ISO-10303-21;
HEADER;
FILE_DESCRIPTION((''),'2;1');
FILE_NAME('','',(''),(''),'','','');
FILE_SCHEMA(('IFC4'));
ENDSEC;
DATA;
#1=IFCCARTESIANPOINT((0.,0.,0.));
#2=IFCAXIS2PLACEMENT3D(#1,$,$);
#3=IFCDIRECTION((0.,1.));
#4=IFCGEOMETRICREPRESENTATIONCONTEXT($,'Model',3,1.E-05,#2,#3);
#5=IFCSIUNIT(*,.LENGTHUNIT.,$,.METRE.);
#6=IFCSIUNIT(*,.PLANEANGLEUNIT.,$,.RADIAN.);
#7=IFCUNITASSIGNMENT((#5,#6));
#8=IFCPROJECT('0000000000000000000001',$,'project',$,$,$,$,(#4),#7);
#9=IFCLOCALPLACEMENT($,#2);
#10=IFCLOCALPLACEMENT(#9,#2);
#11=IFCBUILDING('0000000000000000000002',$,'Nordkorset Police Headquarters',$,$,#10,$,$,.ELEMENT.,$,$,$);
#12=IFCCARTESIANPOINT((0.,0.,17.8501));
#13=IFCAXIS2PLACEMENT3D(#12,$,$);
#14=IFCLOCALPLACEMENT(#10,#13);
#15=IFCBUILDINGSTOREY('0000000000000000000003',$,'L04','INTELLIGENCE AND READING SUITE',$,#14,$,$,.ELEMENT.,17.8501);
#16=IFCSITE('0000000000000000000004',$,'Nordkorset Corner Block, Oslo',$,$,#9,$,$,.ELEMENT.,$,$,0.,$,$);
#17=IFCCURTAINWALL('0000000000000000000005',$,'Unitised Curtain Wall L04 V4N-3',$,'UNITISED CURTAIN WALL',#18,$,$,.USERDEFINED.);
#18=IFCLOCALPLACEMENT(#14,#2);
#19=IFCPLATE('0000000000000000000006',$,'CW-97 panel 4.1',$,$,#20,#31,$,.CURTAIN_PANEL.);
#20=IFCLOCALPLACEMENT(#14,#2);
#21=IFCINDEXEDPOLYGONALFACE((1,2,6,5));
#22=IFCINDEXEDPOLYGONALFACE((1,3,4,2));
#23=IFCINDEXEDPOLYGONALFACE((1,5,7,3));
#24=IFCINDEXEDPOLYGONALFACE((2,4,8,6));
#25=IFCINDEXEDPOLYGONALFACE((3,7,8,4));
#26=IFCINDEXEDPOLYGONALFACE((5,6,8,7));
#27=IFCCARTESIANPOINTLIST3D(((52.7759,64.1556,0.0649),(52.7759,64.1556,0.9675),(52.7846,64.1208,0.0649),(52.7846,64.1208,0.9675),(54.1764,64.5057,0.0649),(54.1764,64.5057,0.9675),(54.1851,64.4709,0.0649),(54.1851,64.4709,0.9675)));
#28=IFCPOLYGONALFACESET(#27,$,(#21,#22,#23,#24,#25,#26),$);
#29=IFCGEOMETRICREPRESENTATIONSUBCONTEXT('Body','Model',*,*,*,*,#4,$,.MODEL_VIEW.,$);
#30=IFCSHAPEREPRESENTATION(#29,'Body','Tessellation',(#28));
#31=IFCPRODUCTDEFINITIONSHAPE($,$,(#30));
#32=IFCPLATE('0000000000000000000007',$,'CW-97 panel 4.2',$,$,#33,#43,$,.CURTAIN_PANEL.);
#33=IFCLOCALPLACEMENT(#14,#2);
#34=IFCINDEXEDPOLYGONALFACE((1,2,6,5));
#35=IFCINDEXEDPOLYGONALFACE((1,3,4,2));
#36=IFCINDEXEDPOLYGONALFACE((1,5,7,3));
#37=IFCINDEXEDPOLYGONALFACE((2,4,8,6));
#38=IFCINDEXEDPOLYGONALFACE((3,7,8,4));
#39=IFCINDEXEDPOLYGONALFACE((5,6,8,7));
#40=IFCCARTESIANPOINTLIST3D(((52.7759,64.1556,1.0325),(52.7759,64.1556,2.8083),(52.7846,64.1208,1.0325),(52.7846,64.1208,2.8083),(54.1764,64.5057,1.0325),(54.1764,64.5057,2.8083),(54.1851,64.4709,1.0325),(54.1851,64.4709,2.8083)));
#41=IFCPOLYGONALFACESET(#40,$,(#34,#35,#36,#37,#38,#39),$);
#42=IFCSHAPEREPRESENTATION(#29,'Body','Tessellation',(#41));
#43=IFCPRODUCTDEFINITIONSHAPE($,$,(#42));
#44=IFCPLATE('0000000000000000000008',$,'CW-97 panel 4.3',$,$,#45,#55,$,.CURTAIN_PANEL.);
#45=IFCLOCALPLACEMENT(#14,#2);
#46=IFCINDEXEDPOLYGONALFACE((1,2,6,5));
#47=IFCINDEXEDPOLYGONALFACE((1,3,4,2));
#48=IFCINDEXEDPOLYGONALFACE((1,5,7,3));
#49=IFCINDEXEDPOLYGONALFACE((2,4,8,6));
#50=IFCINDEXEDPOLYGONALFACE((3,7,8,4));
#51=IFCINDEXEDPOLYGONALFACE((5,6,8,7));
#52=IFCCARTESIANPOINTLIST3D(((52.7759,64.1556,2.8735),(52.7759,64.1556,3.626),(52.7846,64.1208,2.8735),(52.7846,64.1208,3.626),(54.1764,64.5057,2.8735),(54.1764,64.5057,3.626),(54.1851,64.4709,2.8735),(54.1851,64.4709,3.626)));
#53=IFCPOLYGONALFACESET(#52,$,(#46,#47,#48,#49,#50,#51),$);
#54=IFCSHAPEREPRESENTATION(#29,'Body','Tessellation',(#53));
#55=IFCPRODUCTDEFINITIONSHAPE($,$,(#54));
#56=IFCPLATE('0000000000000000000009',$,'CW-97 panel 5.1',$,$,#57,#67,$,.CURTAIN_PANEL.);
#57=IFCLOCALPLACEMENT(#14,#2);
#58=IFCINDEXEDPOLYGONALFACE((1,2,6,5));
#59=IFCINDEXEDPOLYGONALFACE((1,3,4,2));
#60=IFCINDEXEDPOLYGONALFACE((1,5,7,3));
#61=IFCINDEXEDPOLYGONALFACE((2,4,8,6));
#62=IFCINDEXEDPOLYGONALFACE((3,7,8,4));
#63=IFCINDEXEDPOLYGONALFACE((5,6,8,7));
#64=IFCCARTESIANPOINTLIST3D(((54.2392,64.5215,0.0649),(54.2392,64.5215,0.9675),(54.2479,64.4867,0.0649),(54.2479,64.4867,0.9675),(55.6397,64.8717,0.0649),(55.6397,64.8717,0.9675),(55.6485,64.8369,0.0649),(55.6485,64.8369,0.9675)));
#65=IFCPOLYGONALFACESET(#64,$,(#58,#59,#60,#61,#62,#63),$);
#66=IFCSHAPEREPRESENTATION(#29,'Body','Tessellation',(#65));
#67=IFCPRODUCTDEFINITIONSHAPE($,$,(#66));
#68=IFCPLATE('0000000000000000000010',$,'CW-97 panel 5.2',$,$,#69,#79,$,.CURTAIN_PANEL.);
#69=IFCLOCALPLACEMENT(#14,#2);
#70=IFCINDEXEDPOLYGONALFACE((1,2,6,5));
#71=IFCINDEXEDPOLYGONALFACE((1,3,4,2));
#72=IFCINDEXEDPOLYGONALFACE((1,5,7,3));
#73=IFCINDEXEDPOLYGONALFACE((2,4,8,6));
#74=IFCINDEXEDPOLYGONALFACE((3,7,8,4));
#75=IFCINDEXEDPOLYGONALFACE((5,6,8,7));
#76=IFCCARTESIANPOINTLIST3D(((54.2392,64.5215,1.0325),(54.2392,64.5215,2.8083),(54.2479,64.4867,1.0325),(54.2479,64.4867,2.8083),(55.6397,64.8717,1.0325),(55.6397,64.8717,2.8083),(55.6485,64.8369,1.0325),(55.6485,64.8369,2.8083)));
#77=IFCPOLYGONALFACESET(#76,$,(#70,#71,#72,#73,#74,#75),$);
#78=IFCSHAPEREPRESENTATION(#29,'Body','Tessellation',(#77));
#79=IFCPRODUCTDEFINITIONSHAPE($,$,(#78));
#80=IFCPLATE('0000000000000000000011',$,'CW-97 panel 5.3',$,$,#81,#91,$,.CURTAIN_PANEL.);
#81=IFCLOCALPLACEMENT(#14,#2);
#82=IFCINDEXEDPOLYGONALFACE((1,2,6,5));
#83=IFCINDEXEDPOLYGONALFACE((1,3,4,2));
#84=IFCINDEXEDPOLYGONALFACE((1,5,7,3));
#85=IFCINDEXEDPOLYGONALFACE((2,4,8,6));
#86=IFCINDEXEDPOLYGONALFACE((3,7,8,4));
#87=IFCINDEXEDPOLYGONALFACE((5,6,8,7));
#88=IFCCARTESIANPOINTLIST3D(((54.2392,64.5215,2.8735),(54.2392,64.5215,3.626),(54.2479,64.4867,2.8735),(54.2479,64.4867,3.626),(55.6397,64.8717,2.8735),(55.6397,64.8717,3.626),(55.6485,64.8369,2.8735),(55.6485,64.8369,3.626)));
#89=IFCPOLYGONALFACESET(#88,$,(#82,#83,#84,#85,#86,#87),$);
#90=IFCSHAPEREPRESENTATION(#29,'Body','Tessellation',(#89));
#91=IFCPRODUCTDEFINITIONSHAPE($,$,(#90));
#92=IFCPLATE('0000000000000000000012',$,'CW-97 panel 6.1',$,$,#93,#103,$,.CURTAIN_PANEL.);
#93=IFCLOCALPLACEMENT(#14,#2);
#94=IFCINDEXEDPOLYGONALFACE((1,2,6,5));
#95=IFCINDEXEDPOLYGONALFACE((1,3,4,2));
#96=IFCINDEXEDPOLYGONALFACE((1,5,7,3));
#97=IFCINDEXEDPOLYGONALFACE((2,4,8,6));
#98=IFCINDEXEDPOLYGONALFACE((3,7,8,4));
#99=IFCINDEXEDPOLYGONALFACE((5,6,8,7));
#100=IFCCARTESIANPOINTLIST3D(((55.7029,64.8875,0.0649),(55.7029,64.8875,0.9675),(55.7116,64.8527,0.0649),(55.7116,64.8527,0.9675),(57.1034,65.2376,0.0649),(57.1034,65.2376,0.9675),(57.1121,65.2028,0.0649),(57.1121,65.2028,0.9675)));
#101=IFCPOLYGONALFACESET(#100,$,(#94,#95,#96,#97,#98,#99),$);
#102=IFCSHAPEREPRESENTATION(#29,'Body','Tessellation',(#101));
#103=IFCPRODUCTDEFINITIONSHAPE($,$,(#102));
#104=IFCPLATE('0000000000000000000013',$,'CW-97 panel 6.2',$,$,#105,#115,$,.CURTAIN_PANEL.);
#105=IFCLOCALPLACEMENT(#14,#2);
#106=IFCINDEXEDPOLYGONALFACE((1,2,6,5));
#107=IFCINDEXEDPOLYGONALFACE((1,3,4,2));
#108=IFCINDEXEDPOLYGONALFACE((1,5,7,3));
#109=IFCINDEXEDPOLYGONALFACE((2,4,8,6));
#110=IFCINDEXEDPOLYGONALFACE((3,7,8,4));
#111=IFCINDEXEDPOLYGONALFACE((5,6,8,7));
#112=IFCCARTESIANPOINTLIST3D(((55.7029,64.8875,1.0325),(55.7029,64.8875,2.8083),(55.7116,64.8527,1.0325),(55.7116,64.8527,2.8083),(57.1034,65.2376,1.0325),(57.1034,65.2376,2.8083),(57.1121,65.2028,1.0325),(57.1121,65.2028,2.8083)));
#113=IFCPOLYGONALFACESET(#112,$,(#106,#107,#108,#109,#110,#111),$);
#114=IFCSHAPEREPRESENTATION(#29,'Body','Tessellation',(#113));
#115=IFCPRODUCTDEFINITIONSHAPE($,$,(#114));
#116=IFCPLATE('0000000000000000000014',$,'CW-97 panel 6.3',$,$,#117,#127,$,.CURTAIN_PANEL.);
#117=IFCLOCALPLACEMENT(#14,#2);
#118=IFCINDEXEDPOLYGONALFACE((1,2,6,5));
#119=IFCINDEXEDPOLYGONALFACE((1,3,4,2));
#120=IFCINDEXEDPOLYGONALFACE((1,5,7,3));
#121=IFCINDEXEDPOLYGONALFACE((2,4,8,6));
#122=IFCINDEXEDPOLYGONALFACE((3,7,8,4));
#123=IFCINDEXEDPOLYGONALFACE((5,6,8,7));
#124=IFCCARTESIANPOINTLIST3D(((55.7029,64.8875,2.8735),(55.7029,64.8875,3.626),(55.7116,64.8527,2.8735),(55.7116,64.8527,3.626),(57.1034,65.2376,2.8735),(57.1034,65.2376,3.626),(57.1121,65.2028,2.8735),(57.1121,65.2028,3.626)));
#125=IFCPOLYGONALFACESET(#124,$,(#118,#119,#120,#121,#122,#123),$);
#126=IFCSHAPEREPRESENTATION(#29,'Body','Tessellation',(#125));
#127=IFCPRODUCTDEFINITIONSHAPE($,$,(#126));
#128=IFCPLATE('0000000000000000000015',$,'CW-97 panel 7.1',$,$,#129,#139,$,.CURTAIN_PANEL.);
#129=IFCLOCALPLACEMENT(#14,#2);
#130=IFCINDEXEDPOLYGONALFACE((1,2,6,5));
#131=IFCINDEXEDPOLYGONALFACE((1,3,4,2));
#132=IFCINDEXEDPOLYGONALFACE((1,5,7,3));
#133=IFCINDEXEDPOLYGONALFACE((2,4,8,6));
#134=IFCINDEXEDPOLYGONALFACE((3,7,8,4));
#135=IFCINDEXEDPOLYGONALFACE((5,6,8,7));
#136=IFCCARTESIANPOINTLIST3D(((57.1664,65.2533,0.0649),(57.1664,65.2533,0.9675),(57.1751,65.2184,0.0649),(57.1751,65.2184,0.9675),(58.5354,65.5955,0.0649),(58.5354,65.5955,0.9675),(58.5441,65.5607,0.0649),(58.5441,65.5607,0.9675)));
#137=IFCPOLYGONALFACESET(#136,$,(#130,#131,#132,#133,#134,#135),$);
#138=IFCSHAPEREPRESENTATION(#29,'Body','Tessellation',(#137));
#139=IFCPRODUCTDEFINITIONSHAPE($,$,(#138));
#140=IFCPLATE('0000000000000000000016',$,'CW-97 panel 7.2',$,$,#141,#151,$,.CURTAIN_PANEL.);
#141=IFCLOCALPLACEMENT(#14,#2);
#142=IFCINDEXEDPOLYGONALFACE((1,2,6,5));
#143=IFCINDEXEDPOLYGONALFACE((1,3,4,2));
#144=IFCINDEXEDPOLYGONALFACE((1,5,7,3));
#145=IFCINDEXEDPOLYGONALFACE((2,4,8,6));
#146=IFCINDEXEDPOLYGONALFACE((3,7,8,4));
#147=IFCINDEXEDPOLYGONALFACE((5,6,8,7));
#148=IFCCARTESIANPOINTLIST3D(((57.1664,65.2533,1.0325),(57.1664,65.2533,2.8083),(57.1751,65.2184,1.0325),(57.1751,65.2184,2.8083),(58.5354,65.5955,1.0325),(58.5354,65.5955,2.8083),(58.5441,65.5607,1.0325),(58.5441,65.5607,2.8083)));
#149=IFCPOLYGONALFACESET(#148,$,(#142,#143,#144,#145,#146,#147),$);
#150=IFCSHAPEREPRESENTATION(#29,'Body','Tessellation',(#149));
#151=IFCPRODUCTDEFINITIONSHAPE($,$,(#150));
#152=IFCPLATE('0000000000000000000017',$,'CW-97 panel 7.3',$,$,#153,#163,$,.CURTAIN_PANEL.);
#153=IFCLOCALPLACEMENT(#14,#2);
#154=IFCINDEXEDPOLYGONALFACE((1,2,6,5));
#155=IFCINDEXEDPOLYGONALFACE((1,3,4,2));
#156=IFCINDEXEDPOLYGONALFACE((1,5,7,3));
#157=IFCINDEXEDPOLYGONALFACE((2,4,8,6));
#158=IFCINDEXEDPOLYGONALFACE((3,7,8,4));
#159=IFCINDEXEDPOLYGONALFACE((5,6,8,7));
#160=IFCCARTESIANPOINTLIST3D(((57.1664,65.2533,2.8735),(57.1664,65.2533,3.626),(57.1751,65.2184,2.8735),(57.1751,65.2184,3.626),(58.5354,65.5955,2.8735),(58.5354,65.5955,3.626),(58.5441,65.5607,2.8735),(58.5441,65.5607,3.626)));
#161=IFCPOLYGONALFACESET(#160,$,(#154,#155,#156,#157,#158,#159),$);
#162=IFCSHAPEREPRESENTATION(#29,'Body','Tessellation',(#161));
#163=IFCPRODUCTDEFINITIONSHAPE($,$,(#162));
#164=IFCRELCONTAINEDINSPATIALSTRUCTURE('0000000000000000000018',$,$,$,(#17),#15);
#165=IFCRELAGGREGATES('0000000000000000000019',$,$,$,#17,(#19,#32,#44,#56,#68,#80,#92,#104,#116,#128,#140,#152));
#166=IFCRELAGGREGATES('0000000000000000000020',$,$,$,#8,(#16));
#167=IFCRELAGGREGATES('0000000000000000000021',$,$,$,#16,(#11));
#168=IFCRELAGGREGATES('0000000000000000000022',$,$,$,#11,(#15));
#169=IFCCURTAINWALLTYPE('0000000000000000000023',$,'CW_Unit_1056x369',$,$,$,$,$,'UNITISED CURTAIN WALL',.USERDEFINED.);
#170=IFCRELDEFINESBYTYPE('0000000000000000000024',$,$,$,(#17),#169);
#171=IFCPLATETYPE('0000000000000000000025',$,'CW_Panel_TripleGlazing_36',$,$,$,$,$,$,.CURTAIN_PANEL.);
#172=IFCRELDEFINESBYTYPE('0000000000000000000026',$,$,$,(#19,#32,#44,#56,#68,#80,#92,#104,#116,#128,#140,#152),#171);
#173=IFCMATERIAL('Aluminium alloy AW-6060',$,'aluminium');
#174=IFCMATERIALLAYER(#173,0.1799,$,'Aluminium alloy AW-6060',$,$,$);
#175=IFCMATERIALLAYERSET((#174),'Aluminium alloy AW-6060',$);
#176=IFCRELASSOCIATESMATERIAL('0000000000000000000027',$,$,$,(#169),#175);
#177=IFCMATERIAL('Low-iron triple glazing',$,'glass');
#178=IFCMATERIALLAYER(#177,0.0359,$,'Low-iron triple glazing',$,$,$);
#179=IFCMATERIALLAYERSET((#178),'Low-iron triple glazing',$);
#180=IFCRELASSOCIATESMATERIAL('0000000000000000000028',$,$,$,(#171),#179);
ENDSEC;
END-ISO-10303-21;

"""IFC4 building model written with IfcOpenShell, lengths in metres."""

from ifc_helpers import new_model, si_unit, direction, frame, origin, origin_2d, place, context, subcontext, project, spatial, rectangle, extrude, material, layer, layer_set, type_object, element, aggregate, save


model = new_model("IFC4")

# Units and contexts
model_context = context("Model", 3, precision=1e-05, world=origin(), true_north=direction((0.0, 1.0)))
body_context = subcontext(model_context, "Body", "Model", "MODEL_VIEW")
ifc_project = project(units=[si_unit("LENGTHUNIT", "METRE"), si_unit("PLANEANGLEUNIT", "RADIAN")], contexts=[model_context])

# Site, building, storey
site_placement = place(None, origin())
site = spatial("IfcSite", under=ifc_project, at=site_placement, Name="Nordkorset Corner Block, Oslo", CompositionType="ELEMENT", RefElevation=0.0)
building_placement = place(site_placement, origin())
building = spatial("IfcBuilding", under=site, at=building_placement, Name="Nordkorset Police Headquarters", CompositionType="ELEMENT")
storey_placement = place(building_placement, frame((0.0, 0.0, 17.8501)))
storey = spatial("IfcBuildingStorey", under=building, at=storey_placement, Name="L04", Description="INTELLIGENCE AND READING SUITE", CompositionType="ELEMENT", Elevation=17.8501)

# Curtain wall, plates
ifc_material_1 = material(Name="Aluminium alloy AW-6060", Category="aluminium")
ifc_layer_1 = layer(ifc_material_1, 0.1799, Name="Aluminium alloy AW-6060")
ifc_layer_set_1 = layer_set([ifc_layer_1], Name="Aluminium alloy AW-6060")
curtain_wall_type = type_object("IfcCurtainWallType", Name="CW_Unit_1056x369", ElementType="UNITISED CURTAIN WALL", PredefinedType="USERDEFINED", material=ifc_layer_set_1)
curtain_wall_placement = place(storey_placement, origin())
curtain_wall = element("IfcCurtainWall", 1, at=curtain_wall_placement, inside=storey, type_object=curtain_wall_type, Name="Unitised Curtain Wall L04 V4N-3", ObjectType="UNITISED CURTAIN WALL", PredefinedType="USERDEFINED")
ifc_material_2 = material(Name="Low-iron triple glazing", Category="glass")
ifc_layer_2 = layer(ifc_material_2, 0.0359, Name="Low-iron triple glazing")
ifc_layer_set_2 = layer_set([ifc_layer_2], Name="Low-iron triple glazing")
plate_type = type_object("IfcPlateType", Name="CW_Panel_TripleGlazing_36", PredefinedType="CURTAIN_PANEL", material=ifc_layer_set_2)
plate_1_placement = place(storey_placement, frame((53.4805, 64.3132, 0.0649), z_axis=(0.0, 0.0, 1.0), x_axis=(0.970142, 0.242536, 0.0)))
plate_1 = element("IfcPlate", 2, at=plate_1_placement, type_object=plate_type, Name="CW-97 panel 4.1", PredefinedType="CURTAIN_PANEL", context=body_context, shape_type="SweptSolid", body=[
    extrude(rectangle(XDim=1.4436, YDim=0.0359, at=origin_2d()), origin(), (0.0, 0.0, 1.0), 0.9026),
])
plate_2_placement = place(storey_placement, frame((53.4805, 64.3132, 1.0325), z_axis=(0.0, 0.0, 1.0), x_axis=(0.970142, 0.242536, 0.0)))
plate_2 = element("IfcPlate", 3, at=plate_2_placement, type_object=plate_type, Name="CW-97 panel 4.2", PredefinedType="CURTAIN_PANEL", context=body_context, shape_type="SweptSolid", body=[
    extrude(rectangle(XDim=1.4436, YDim=0.0359, at=origin_2d()), origin(), (0.0, 0.0, 1.0), 1.7759),
])
plate_3_placement = place(storey_placement, frame((53.4805, 64.3132, 2.8735), z_axis=(0.0, 0.0, 1.0), x_axis=(0.970142, 0.242536, 0.0)))
plate_3 = element("IfcPlate", 4, at=plate_3_placement, type_object=plate_type, Name="CW-97 panel 4.3", PredefinedType="CURTAIN_PANEL", context=body_context, shape_type="SweptSolid", body=[
    extrude(rectangle(XDim=1.4436, YDim=0.0359, at=origin_2d()), origin(), (0.0, 0.0, 1.0), 0.7524),
])
plate_4_placement = place(storey_placement, frame((54.9438, 64.6792, 0.0649), z_axis=(0.0, 0.0, 1.0), x_axis=(0.970142, 0.242536, 0.0)))
plate_4 = element("IfcPlate", 5, at=plate_4_placement, type_object=plate_type, Name="CW-97 panel 5.1", PredefinedType="CURTAIN_PANEL", context=body_context, shape_type="SweptSolid", body=[
    extrude(rectangle(XDim=1.4436, YDim=0.0359, at=origin_2d()), origin(), (0.0, 0.0, 1.0), 0.9026),
])
plate_5_placement = place(storey_placement, frame((54.9438, 64.6792, 1.0325), z_axis=(0.0, 0.0, 1.0), x_axis=(0.970142, 0.242536, 0.0)))
plate_5 = element("IfcPlate", 6, at=plate_5_placement, type_object=plate_type, Name="CW-97 panel 5.2", PredefinedType="CURTAIN_PANEL", context=body_context, shape_type="SweptSolid", body=[
    extrude(rectangle(XDim=1.4436, YDim=0.0359, at=origin_2d()), origin(), (0.0, 0.0, 1.0), 1.7759),
])
plate_6_placement = place(storey_placement, frame((54.9438, 64.6792, 2.8735), z_axis=(0.0, 0.0, 1.0), x_axis=(0.970142, 0.242536, 0.0)))
plate_6 = element("IfcPlate", 7, at=plate_6_placement, type_object=plate_type, Name="CW-97 panel 5.3", PredefinedType="CURTAIN_PANEL", context=body_context, shape_type="SweptSolid", body=[
    extrude(rectangle(XDim=1.4436, YDim=0.0359, at=origin_2d()), origin(), (0.0, 0.0, 1.0), 0.7524),
])
plate_7_placement = place(storey_placement, frame((56.4075, 65.0452, 0.0649), z_axis=(0.0, 0.0, 1.0), x_axis=(0.970142, 0.242536, 0.0)))
plate_7 = element("IfcPlate", 8, at=plate_7_placement, type_object=plate_type, Name="CW-97 panel 6.1", PredefinedType="CURTAIN_PANEL", context=body_context, shape_type="SweptSolid", body=[
    extrude(rectangle(XDim=1.4436, YDim=0.0359, at=origin_2d()), origin(), (0.0, 0.0, 1.0), 0.9026),
])
plate_8_placement = place(storey_placement, frame((56.4075, 65.0452, 1.0325), z_axis=(0.0, 0.0, 1.0), x_axis=(0.970142, 0.242536, 0.0)))
plate_8 = element("IfcPlate", 9, at=plate_8_placement, type_object=plate_type, Name="CW-97 panel 6.2", PredefinedType="CURTAIN_PANEL", context=body_context, shape_type="SweptSolid", body=[
    extrude(rectangle(XDim=1.4436, YDim=0.0359, at=origin_2d()), origin(), (0.0, 0.0, 1.0), 1.7759),
])
plate_9_placement = place(storey_placement, frame((56.4075, 65.0452, 2.8735), z_axis=(0.0, 0.0, 1.0), x_axis=(0.970142, 0.242536, 0.0)))
plate_9 = element("IfcPlate", 10, at=plate_9_placement, type_object=plate_type, Name="CW-97 panel 6.3", PredefinedType="CURTAIN_PANEL", context=body_context, shape_type="SweptSolid", body=[
    extrude(rectangle(XDim=1.4436, YDim=0.0359, at=origin_2d()), origin(), (0.0, 0.0, 1.0), 0.7524),
])
plate_10_placement = place(storey_placement, frame((57.8552, 65.407, 0.0649), z_axis=(0.0, 0.0, 1.0), x_axis=(0.970142, 0.242536, 0.0)))
plate_10 = element("IfcPlate", 11, at=plate_10_placement, type_object=plate_type, Name="CW-97 panel 7.1", PredefinedType="CURTAIN_PANEL", context=body_context, shape_type="SweptSolid", body=[
    extrude(rectangle(XDim=1.4111, YDim=0.0359, at=origin_2d()), origin(), (0.0, 0.0, 1.0), 0.9026),
])
plate_11_placement = place(storey_placement, frame((57.8552, 65.407, 1.0325), z_axis=(0.0, 0.0, 1.0), x_axis=(0.970142, 0.242536, 0.0)))
plate_11 = element("IfcPlate", 12, at=plate_11_placement, type_object=plate_type, Name="CW-97 panel 7.2", PredefinedType="CURTAIN_PANEL", context=body_context, shape_type="SweptSolid", body=[
    extrude(rectangle(XDim=1.4111, YDim=0.0359, at=origin_2d()), origin(), (0.0, 0.0, 1.0), 1.7759),
])
plate_12_placement = place(storey_placement, frame((57.8552, 65.407, 2.8735), z_axis=(0.0, 0.0, 1.0), x_axis=(0.970142, 0.242536, 0.0)))
plate_12 = element("IfcPlate", 13, at=plate_12_placement, type_object=plate_type, Name="CW-97 panel 7.3", PredefinedType="CURTAIN_PANEL", context=body_context, shape_type="SweptSolid", body=[
    extrude(rectangle(XDim=1.4111, YDim=0.0359, at=origin_2d()), origin(), (0.0, 0.0, 1.0), 0.7524),
])
aggregate(curtain_wall, [plate_1, plate_2, plate_3, plate_4, plate_5, plate_6, plate_7, plate_8, plate_9, plate_10, plate_11, plate_12])

save(model, "model.ifc")
